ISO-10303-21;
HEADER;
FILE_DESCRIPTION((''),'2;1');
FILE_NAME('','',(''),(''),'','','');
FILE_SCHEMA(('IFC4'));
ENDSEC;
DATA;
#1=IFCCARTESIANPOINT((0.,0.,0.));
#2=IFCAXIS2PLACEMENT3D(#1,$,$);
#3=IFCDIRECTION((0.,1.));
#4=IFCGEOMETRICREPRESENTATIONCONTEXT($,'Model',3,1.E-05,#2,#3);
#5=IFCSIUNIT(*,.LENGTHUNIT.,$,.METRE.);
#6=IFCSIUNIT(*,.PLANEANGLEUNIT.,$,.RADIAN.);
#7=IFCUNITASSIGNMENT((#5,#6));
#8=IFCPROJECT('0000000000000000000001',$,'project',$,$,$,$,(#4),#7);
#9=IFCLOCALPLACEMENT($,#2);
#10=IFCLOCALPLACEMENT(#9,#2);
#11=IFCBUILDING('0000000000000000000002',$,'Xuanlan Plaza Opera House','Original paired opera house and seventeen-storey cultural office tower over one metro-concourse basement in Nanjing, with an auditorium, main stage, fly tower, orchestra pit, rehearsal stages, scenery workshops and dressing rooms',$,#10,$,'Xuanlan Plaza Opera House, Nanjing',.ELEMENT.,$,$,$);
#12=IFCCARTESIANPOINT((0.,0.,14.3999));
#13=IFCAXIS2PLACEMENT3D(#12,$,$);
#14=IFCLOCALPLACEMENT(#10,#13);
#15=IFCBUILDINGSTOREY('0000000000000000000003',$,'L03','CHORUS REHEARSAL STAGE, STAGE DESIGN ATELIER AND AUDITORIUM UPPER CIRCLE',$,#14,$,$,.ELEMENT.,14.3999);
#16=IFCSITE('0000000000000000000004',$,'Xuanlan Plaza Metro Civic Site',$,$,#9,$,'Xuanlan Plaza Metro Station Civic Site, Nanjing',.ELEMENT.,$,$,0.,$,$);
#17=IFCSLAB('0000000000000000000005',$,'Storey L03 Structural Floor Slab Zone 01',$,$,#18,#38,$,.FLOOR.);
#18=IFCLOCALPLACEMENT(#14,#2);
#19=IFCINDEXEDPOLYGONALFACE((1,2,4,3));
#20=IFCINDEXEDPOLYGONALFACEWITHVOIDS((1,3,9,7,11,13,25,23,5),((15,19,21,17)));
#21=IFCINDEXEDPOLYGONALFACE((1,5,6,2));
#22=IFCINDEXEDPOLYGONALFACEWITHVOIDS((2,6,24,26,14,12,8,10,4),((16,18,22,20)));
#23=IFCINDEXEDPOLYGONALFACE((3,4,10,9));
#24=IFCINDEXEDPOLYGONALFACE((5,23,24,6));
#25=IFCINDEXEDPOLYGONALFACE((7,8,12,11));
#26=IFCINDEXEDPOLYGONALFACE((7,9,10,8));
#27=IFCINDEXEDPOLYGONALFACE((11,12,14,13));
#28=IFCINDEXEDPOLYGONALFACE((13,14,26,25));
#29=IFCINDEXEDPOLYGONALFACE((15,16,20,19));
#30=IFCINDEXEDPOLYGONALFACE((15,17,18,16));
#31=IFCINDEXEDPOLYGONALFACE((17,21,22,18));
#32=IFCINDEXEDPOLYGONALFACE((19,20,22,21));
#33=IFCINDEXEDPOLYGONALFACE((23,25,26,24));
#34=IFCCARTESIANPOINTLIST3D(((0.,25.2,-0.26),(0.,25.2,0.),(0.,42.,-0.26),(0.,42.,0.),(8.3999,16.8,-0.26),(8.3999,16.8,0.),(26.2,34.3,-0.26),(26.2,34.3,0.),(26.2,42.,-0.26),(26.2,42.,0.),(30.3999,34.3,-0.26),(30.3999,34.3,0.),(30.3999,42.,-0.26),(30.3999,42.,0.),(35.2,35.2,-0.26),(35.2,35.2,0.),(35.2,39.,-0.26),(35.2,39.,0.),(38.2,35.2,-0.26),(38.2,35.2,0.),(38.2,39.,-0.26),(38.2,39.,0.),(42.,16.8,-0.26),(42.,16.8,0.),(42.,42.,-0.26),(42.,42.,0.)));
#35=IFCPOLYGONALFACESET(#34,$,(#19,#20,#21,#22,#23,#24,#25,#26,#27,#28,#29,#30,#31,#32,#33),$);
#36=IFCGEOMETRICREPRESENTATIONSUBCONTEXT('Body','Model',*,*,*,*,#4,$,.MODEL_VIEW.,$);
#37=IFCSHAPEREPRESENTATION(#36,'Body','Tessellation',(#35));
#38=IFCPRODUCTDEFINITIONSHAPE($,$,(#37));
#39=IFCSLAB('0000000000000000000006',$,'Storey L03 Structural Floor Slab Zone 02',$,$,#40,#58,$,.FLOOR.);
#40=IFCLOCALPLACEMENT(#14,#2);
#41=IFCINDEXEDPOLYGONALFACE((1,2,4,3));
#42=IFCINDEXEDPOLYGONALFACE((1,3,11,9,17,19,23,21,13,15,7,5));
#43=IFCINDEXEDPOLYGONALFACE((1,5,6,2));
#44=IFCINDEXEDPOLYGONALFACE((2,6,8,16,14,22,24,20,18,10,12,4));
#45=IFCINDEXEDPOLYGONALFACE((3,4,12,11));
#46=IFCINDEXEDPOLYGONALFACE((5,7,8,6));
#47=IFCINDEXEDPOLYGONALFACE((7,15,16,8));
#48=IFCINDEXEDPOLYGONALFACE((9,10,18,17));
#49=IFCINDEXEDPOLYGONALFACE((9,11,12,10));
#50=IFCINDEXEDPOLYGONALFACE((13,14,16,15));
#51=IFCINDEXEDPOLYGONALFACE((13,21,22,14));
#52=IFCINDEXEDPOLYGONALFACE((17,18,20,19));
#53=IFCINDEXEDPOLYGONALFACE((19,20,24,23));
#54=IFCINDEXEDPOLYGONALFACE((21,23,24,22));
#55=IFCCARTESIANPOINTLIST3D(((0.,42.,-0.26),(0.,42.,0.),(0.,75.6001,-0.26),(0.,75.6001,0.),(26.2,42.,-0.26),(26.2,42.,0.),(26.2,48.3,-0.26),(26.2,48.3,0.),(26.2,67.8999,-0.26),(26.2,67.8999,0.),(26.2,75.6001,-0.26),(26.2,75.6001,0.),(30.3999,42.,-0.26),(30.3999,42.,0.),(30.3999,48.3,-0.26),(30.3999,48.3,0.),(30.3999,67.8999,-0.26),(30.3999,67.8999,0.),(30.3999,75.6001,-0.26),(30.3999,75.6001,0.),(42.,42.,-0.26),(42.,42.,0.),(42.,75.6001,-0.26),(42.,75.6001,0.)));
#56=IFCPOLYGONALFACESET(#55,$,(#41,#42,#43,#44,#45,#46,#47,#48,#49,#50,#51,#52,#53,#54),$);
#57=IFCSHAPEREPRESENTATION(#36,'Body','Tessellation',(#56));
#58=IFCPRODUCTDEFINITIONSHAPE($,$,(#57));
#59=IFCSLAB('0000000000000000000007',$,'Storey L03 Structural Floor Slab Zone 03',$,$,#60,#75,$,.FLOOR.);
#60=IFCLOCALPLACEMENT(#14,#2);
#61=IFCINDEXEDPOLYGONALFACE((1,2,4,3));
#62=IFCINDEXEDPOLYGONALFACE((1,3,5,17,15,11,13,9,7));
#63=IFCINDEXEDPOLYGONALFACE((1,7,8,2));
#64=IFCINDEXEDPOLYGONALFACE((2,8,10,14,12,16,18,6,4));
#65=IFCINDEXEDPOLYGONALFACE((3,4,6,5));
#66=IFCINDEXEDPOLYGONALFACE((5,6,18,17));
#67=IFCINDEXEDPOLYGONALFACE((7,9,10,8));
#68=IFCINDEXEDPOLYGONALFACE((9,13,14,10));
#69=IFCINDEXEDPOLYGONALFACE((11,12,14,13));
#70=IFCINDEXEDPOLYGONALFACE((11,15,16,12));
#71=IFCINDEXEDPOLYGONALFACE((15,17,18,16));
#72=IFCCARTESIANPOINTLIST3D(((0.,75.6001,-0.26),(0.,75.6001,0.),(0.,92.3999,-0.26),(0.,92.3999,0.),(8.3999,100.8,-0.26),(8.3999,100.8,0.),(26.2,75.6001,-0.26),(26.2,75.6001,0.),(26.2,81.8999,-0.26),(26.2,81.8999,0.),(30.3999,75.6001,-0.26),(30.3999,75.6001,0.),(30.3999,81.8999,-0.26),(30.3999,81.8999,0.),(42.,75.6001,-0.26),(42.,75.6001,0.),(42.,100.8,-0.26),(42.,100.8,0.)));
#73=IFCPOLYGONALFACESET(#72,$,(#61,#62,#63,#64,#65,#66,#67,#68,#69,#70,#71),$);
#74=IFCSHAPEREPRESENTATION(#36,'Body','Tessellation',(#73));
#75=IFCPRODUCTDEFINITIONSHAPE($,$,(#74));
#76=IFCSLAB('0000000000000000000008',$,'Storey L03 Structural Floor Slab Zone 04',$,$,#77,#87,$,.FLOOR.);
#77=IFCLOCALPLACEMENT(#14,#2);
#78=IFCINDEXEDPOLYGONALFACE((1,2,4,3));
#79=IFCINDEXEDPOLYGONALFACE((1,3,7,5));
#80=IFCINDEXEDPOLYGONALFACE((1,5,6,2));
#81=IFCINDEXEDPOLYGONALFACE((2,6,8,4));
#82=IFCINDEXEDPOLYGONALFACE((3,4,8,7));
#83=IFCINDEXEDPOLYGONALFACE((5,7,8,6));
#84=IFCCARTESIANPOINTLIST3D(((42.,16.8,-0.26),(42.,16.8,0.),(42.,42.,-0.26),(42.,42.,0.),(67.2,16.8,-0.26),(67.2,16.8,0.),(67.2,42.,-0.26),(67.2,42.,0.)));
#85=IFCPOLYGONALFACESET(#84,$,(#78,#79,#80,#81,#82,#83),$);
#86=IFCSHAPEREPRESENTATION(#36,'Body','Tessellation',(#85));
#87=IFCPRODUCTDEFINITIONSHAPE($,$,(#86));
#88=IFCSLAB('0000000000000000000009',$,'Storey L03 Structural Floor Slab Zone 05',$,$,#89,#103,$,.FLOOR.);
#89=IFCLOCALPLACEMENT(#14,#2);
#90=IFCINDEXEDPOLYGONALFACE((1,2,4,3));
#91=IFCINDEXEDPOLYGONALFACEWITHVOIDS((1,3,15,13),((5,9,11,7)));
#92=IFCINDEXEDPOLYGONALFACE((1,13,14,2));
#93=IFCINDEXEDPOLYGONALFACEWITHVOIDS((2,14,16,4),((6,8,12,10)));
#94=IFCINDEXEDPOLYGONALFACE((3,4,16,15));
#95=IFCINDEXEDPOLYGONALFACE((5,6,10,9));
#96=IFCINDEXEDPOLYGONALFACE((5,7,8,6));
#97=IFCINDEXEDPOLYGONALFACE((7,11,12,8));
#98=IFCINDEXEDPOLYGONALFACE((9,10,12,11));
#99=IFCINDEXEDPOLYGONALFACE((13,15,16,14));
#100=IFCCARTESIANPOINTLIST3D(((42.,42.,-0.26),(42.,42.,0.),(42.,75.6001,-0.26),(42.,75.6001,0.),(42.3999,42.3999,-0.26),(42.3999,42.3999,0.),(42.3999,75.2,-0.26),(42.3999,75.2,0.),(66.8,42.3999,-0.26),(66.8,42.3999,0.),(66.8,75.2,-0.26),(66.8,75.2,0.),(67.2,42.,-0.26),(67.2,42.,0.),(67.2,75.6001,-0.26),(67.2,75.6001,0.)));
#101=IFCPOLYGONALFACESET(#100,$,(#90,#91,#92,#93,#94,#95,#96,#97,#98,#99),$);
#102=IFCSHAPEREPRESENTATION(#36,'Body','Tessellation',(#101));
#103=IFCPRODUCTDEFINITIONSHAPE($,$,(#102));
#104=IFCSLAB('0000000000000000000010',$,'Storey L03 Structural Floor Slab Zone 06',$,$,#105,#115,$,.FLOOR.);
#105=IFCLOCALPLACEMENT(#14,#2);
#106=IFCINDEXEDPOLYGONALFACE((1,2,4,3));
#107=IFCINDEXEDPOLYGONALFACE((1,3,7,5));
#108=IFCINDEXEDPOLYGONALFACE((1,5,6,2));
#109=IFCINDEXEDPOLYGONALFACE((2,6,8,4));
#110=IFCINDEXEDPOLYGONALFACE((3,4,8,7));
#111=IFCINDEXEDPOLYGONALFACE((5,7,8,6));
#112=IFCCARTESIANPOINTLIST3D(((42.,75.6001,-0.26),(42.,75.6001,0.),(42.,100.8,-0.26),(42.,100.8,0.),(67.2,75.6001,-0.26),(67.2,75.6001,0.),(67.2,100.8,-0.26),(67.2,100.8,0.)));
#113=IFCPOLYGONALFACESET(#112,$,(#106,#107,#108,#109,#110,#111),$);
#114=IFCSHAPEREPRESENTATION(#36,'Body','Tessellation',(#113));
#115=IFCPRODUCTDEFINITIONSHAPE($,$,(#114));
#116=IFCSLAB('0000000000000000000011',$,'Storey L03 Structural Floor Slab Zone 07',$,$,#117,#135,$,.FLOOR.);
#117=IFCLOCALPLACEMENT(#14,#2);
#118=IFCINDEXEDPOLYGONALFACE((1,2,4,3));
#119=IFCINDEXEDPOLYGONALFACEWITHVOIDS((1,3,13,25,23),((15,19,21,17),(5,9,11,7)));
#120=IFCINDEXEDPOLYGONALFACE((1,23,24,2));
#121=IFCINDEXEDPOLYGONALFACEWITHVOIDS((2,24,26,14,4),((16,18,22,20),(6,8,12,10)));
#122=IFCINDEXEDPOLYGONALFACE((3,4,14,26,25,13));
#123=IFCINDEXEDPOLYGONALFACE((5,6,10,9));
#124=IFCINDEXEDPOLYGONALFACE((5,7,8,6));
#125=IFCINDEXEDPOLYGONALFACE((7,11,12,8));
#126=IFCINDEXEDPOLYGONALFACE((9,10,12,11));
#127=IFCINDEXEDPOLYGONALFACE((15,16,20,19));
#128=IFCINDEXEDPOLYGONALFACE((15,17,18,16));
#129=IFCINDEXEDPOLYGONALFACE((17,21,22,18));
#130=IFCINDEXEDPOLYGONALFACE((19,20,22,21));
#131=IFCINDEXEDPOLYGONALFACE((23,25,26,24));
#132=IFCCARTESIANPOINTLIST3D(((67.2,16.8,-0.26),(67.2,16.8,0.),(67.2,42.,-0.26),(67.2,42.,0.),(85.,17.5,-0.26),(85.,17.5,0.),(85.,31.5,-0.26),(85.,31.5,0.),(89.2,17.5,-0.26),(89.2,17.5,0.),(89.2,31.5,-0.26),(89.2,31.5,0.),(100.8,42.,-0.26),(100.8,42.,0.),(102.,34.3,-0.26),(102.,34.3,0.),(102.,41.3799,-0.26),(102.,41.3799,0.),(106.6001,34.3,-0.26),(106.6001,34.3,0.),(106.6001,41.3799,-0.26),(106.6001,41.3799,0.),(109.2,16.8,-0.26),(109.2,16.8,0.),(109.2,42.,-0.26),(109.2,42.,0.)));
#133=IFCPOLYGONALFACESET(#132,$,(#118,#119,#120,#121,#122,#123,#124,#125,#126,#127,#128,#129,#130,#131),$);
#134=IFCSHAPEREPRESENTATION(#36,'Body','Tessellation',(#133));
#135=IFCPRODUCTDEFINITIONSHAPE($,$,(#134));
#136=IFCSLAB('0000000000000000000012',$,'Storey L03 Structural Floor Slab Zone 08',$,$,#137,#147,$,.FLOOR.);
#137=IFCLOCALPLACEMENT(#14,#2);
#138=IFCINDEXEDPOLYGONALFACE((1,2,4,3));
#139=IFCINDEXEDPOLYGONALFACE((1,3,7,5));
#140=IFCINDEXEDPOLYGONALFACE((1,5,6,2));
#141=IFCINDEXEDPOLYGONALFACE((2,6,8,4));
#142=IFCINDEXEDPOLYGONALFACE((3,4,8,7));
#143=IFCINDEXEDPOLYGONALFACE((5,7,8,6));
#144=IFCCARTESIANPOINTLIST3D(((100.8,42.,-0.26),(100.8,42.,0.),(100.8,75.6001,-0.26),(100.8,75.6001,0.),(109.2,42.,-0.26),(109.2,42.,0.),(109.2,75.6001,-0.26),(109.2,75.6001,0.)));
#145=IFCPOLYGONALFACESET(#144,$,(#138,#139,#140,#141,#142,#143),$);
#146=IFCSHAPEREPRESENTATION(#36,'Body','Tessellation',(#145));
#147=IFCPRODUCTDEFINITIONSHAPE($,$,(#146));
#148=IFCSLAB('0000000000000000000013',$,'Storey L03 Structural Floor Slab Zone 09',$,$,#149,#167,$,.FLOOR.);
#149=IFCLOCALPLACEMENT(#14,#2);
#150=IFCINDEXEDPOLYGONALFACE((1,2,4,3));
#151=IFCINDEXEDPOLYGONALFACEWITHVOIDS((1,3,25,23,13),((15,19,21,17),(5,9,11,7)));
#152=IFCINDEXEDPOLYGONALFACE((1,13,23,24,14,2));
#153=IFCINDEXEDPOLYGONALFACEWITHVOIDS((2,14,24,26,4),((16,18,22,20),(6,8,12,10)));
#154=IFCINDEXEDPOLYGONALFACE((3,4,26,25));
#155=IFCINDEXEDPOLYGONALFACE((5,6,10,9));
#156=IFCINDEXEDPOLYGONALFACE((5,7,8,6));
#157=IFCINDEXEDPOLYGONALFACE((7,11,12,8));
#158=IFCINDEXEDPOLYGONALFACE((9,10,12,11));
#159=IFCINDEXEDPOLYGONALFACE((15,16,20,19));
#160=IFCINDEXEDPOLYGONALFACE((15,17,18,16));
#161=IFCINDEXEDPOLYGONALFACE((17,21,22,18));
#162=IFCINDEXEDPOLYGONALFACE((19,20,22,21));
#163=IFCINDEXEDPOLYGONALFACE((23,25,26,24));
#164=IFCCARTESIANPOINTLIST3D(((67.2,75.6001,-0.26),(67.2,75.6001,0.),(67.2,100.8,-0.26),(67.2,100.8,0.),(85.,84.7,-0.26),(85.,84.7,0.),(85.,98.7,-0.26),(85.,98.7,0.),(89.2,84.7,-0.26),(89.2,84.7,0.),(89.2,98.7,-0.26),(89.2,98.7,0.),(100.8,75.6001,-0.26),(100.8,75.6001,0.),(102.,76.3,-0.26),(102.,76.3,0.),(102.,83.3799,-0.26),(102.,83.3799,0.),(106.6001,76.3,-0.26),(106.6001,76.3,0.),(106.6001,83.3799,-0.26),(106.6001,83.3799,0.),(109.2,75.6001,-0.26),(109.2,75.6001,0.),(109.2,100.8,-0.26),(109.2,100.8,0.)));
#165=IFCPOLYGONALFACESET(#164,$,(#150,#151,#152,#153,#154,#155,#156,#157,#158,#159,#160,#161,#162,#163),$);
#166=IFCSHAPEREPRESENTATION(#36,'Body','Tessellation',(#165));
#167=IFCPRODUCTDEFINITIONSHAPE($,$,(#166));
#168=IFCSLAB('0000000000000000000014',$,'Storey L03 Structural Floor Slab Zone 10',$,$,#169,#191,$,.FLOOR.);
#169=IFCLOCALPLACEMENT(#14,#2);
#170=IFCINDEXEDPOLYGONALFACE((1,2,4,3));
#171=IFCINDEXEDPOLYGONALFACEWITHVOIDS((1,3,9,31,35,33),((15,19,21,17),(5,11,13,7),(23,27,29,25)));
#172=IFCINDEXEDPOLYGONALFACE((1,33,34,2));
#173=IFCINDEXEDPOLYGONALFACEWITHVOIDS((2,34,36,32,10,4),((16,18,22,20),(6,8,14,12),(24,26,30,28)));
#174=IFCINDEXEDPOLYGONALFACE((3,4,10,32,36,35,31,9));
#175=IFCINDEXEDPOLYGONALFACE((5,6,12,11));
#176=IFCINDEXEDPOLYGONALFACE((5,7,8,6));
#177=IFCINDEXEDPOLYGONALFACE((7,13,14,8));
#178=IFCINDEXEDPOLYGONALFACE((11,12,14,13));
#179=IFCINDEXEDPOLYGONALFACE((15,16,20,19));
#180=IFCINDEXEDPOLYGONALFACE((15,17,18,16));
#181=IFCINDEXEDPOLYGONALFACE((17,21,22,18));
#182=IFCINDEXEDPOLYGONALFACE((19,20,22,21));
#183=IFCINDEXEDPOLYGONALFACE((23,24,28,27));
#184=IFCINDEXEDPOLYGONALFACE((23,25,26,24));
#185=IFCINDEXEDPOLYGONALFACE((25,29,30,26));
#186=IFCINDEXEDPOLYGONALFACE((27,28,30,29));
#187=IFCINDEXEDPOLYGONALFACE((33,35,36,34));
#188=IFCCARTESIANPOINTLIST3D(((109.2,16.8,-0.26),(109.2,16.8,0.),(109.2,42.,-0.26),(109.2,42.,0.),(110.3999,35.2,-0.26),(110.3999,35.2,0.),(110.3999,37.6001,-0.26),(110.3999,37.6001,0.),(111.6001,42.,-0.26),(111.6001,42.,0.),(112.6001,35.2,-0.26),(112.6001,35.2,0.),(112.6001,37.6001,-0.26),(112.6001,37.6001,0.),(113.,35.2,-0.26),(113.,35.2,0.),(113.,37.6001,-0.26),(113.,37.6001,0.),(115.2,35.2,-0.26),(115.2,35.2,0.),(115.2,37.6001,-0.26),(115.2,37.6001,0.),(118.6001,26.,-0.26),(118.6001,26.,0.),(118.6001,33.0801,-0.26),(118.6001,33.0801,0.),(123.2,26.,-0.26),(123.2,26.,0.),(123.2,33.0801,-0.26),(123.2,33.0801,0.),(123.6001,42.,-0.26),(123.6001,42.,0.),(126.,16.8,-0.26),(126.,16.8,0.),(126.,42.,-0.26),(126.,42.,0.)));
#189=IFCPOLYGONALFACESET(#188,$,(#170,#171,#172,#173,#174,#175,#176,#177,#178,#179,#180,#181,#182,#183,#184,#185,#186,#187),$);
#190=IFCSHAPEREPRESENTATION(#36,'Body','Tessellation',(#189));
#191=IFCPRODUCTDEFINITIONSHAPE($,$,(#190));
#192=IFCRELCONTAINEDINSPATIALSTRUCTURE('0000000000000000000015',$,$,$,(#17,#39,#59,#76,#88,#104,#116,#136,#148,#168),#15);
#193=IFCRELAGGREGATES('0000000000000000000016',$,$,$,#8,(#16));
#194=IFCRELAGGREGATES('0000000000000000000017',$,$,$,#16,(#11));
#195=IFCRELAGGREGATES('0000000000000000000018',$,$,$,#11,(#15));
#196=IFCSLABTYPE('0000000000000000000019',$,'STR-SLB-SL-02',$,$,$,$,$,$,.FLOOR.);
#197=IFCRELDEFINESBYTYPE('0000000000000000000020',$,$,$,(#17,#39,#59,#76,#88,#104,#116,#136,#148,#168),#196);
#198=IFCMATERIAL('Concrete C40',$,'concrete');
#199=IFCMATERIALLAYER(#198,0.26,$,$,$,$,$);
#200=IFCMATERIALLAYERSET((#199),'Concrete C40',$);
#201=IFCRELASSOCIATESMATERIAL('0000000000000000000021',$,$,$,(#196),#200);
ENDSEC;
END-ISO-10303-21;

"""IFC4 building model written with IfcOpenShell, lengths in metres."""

from ifc_helpers import new_model, si_unit, direction, frame, origin, place, context, subcontext, project, spatial, polyline, outline, extrude, material, layer, layer_set, type_object, element, save


model = new_model("IFC4")

# Units and contexts
model_context = context("Model", 3, precision=1e-05, world=origin(), true_north=direction((0.0, 1.0)))
body_context = subcontext(model_context, "Body", "Model", "MODEL_VIEW")
ifc_project = project(units=[si_unit("LENGTHUNIT", "METRE"), si_unit("PLANEANGLEUNIT", "RADIAN")], contexts=[model_context])

# Site, building, storey
site_placement = place(None, origin())
site = spatial("IfcSite", under=ifc_project, at=site_placement, Name="Xuanlan Plaza Metro Civic Site", LongName="Xuanlan Plaza Metro Station Civic Site, Nanjing", CompositionType="ELEMENT", RefElevation=0.0)
building_placement = place(site_placement, origin())
building = spatial("IfcBuilding", under=site, at=building_placement, Name="Xuanlan Plaza Opera House", Description="Original paired opera house and seventeen-storey cultural office tower over one metro-concourse basement in Nanjing, with an auditorium, main stage, fly tower, orchestra pit, rehearsal stages, scenery workshops and dressing rooms", LongName="Xuanlan Plaza Opera House, Nanjing", CompositionType="ELEMENT")
storey_placement = place(building_placement, frame((0.0, 0.0, 14.3999)))
storey = spatial("IfcBuildingStorey", under=building, at=storey_placement, Name="L03", Description="CHORUS REHEARSAL STAGE, STAGE DESIGN ATELIER AND AUDITORIUM UPPER CIRCLE", CompositionType="ELEMENT", Elevation=14.3999)

# Shared definitions
ifc_material = material(Name="Concrete C40", Category="concrete")

# Slabs
ifc_layer_1 = layer(ifc_material, 0.26)
ifc_layer_set_1 = layer_set([ifc_layer_1], Name="Concrete C40")
slab_type_1 = type_object("IfcSlabType", Name="STR-SLB-SL-02", PredefinedType="FLOOR", material=ifc_layer_set_1)
slab_1_placement = place(storey_placement, frame((0.0, 0.0, -0.26)))
element("IfcSlab", 1, at=slab_1_placement, inside=storey, type_object=slab_type_1, Name="Storey L03 Structural Floor Slab Zone 01", PredefinedType="FLOOR", context=body_context, shape_type="SweptSolid", body=[
    extrude(outline(polyline([(8.3999, 16.8), (0.0, 25.2), (0.0, 42.0), (26.2, 42.0), (26.2, 34.3), (30.3999, 34.3), (30.3999, 42.0), (42.0, 42.0), (42.0, 16.8), (8.3999, 16.8)]), holes=[polyline([(38.2, 35.2), (38.2, 39.0), (35.2, 39.0), (35.2, 35.2), (38.2, 35.2)])]), origin(), (0.0, 0.0, 1.0), 0.26),
])
slab_2_placement = place(storey_placement, frame((0.0, 0.0, -0.26)))
element("IfcSlab", 2, at=slab_2_placement, inside=storey, type_object=slab_type_1, Name="Storey L03 Structural Floor Slab Zone 02", PredefinedType="FLOOR", context=body_context, shape_type="SweptSolid", body=[
    extrude(outline(polyline([(0.0, 75.6001), (26.2, 75.6001), (26.2, 67.8999), (30.3999, 67.8999), (30.3999, 75.6001), (42.0, 75.6001), (42.0, 42.0), (30.3999, 42.0), (30.3999, 48.3), (26.2, 48.3), (26.2, 42.0), (0.0, 42.0), (0.0, 75.6001)])), origin(), (0.0, 0.0, 1.0), 0.26),
])
slab_3_placement = place(storey_placement, frame((0.0, 0.0, -0.26)))
element("IfcSlab", 3, at=slab_3_placement, inside=storey, type_object=slab_type_1, Name="Storey L03 Structural Floor Slab Zone 03", PredefinedType="FLOOR", context=body_context, shape_type="SweptSolid", body=[
    extrude(outline(polyline([(0.0, 92.3999), (8.3999, 100.8), (42.0, 100.8), (42.0, 75.6001), (30.3999, 75.6001), (30.3999, 81.8999), (26.2, 81.8999), (26.2, 75.6001), (0.0, 75.6001), (0.0, 92.3999)])), origin(), (0.0, 0.0, 1.0), 0.26),
])
slab_4_placement = place(storey_placement, frame((0.0, 0.0, -0.26)))
element("IfcSlab", 4, at=slab_4_placement, inside=storey, type_object=slab_type_1, Name="Storey L03 Structural Floor Slab Zone 04", PredefinedType="FLOOR", context=body_context, shape_type="SweptSolid", body=[
    extrude(outline(polyline([(42.0, 16.8), (42.0, 42.0), (67.2, 42.0), (67.2, 16.8), (42.0, 16.8)])), origin(), (0.0, 0.0, 1.0), 0.26),
])
slab_5_placement = place(storey_placement, frame((0.0, 0.0, -0.26)))
element("IfcSlab", 5, at=slab_5_placement, inside=storey, type_object=slab_type_1, Name="Storey L03 Structural Floor Slab Zone 05", PredefinedType="FLOOR", context=body_context, shape_type="SweptSolid", body=[
    extrude(outline(polyline([(67.2, 42.0), (42.0, 42.0), (42.0, 75.6001), (67.2, 75.6001), (67.2, 42.0)]), holes=[polyline([(42.3999, 42.3999), (66.8, 42.3999), (66.8, 75.2), (42.3999, 75.2), (42.3999, 42.3999)])]), origin(), (0.0, 0.0, 1.0), 0.26),
])
slab_6_placement = place(storey_placement, frame((0.0, 0.0, -0.26)))
element("IfcSlab", 6, at=slab_6_placement, inside=storey, type_object=slab_type_1, Name="Storey L03 Structural Floor Slab Zone 06", PredefinedType="FLOOR", context=body_context, shape_type="SweptSolid", body=[
    extrude(outline(polyline([(67.2, 100.8), (67.2, 75.6001), (42.0, 75.6001), (42.0, 100.8), (67.2, 100.8)])), origin(), (0.0, 0.0, 1.0), 0.26),
])
slab_7_placement = place(storey_placement, frame((0.0, 0.0, -0.26)))
element("IfcSlab", 7, at=slab_7_placement, inside=storey, type_object=slab_type_1, Name="Storey L03 Structural Floor Slab Zone 07", PredefinedType="FLOOR", context=body_context, shape_type="SweptSolid", body=[
    extrude(outline(polyline([(67.2, 16.8), (67.2, 42.0), (100.8, 42.0), (109.2, 42.0), (109.2, 16.8), (67.2, 16.8)]), holes=[polyline([(89.2, 31.5), (85.0, 31.5), (85.0, 17.5), (89.2, 17.5), (89.2, 31.5)]), polyline([(102.0, 34.3), (106.6001, 34.3), (106.6001, 41.3799), (102.0, 41.3799), (102.0, 34.3)])]), origin(), (0.0, 0.0, 1.0), 0.26),
])
slab_8_placement = place(storey_placement, frame((0.0, 0.0, -0.26)))
element("IfcSlab", 8, at=slab_8_placement, inside=storey, type_object=slab_type_1, Name="Storey L03 Structural Floor Slab Zone 08", PredefinedType="FLOOR", context=body_context, shape_type="SweptSolid", body=[
    extrude(outline(polyline([(100.8, 75.6001), (109.2, 75.6001), (109.2, 42.0), (100.8, 42.0), (100.8, 75.6001)])), origin(), (0.0, 0.0, 1.0), 0.26),
])
slab_9_placement = place(storey_placement, frame((0.0, 0.0, -0.26)))
element("IfcSlab", 9, at=slab_9_placement, inside=storey, type_object=slab_type_1, Name="Storey L03 Structural Floor Slab Zone 09", PredefinedType="FLOOR", context=body_context, shape_type="SweptSolid", body=[
    extrude(outline(polyline([(109.2, 100.8), (109.2, 75.6001), (100.8, 75.6001), (67.2, 75.6001), (67.2, 100.8), (109.2, 100.8)]), holes=[polyline([(89.2, 84.7), (89.2, 98.7), (85.0, 98.7), (85.0, 84.7), (89.2, 84.7)]), polyline([(102.0, 83.3799), (102.0, 76.3), (106.6001, 76.3), (106.6001, 83.3799), (102.0, 83.3799)])]), origin(), (0.0, 0.0, 1.0), 0.26),
])
slab_10_placement = place(storey_placement, frame((0.0, 0.0, -0.26)))
element("IfcSlab", 10, at=slab_10_placement, inside=storey, type_object=slab_type_1, Name="Storey L03 Structural Floor Slab Zone 10", PredefinedType="FLOOR", context=body_context, shape_type="SweptSolid", body=[
    extrude(outline(polyline([(109.2, 16.8), (109.2, 42.0), (111.6001, 42.0), (123.6001, 42.0), (126.0, 42.0), (126.0, 16.8), (109.2, 16.8)]), holes=[polyline([(123.2, 33.0801), (118.6001, 33.0801), (118.6001, 26.0), (123.2, 26.0), (123.2, 33.0801)]), polyline([(110.3999, 37.6001), (110.3999, 35.2), (112.6001, 35.2), (112.6001, 37.6001), (110.3999, 37.6001)]), polyline([(115.2, 37.6001), (113.0, 37.6001), (113.0, 35.2), (115.2, 35.2), (115.2, 37.6001)])]), origin(), (0.0, 0.0, 1.0), 0.26),
])

save(model, "model.ifc")
